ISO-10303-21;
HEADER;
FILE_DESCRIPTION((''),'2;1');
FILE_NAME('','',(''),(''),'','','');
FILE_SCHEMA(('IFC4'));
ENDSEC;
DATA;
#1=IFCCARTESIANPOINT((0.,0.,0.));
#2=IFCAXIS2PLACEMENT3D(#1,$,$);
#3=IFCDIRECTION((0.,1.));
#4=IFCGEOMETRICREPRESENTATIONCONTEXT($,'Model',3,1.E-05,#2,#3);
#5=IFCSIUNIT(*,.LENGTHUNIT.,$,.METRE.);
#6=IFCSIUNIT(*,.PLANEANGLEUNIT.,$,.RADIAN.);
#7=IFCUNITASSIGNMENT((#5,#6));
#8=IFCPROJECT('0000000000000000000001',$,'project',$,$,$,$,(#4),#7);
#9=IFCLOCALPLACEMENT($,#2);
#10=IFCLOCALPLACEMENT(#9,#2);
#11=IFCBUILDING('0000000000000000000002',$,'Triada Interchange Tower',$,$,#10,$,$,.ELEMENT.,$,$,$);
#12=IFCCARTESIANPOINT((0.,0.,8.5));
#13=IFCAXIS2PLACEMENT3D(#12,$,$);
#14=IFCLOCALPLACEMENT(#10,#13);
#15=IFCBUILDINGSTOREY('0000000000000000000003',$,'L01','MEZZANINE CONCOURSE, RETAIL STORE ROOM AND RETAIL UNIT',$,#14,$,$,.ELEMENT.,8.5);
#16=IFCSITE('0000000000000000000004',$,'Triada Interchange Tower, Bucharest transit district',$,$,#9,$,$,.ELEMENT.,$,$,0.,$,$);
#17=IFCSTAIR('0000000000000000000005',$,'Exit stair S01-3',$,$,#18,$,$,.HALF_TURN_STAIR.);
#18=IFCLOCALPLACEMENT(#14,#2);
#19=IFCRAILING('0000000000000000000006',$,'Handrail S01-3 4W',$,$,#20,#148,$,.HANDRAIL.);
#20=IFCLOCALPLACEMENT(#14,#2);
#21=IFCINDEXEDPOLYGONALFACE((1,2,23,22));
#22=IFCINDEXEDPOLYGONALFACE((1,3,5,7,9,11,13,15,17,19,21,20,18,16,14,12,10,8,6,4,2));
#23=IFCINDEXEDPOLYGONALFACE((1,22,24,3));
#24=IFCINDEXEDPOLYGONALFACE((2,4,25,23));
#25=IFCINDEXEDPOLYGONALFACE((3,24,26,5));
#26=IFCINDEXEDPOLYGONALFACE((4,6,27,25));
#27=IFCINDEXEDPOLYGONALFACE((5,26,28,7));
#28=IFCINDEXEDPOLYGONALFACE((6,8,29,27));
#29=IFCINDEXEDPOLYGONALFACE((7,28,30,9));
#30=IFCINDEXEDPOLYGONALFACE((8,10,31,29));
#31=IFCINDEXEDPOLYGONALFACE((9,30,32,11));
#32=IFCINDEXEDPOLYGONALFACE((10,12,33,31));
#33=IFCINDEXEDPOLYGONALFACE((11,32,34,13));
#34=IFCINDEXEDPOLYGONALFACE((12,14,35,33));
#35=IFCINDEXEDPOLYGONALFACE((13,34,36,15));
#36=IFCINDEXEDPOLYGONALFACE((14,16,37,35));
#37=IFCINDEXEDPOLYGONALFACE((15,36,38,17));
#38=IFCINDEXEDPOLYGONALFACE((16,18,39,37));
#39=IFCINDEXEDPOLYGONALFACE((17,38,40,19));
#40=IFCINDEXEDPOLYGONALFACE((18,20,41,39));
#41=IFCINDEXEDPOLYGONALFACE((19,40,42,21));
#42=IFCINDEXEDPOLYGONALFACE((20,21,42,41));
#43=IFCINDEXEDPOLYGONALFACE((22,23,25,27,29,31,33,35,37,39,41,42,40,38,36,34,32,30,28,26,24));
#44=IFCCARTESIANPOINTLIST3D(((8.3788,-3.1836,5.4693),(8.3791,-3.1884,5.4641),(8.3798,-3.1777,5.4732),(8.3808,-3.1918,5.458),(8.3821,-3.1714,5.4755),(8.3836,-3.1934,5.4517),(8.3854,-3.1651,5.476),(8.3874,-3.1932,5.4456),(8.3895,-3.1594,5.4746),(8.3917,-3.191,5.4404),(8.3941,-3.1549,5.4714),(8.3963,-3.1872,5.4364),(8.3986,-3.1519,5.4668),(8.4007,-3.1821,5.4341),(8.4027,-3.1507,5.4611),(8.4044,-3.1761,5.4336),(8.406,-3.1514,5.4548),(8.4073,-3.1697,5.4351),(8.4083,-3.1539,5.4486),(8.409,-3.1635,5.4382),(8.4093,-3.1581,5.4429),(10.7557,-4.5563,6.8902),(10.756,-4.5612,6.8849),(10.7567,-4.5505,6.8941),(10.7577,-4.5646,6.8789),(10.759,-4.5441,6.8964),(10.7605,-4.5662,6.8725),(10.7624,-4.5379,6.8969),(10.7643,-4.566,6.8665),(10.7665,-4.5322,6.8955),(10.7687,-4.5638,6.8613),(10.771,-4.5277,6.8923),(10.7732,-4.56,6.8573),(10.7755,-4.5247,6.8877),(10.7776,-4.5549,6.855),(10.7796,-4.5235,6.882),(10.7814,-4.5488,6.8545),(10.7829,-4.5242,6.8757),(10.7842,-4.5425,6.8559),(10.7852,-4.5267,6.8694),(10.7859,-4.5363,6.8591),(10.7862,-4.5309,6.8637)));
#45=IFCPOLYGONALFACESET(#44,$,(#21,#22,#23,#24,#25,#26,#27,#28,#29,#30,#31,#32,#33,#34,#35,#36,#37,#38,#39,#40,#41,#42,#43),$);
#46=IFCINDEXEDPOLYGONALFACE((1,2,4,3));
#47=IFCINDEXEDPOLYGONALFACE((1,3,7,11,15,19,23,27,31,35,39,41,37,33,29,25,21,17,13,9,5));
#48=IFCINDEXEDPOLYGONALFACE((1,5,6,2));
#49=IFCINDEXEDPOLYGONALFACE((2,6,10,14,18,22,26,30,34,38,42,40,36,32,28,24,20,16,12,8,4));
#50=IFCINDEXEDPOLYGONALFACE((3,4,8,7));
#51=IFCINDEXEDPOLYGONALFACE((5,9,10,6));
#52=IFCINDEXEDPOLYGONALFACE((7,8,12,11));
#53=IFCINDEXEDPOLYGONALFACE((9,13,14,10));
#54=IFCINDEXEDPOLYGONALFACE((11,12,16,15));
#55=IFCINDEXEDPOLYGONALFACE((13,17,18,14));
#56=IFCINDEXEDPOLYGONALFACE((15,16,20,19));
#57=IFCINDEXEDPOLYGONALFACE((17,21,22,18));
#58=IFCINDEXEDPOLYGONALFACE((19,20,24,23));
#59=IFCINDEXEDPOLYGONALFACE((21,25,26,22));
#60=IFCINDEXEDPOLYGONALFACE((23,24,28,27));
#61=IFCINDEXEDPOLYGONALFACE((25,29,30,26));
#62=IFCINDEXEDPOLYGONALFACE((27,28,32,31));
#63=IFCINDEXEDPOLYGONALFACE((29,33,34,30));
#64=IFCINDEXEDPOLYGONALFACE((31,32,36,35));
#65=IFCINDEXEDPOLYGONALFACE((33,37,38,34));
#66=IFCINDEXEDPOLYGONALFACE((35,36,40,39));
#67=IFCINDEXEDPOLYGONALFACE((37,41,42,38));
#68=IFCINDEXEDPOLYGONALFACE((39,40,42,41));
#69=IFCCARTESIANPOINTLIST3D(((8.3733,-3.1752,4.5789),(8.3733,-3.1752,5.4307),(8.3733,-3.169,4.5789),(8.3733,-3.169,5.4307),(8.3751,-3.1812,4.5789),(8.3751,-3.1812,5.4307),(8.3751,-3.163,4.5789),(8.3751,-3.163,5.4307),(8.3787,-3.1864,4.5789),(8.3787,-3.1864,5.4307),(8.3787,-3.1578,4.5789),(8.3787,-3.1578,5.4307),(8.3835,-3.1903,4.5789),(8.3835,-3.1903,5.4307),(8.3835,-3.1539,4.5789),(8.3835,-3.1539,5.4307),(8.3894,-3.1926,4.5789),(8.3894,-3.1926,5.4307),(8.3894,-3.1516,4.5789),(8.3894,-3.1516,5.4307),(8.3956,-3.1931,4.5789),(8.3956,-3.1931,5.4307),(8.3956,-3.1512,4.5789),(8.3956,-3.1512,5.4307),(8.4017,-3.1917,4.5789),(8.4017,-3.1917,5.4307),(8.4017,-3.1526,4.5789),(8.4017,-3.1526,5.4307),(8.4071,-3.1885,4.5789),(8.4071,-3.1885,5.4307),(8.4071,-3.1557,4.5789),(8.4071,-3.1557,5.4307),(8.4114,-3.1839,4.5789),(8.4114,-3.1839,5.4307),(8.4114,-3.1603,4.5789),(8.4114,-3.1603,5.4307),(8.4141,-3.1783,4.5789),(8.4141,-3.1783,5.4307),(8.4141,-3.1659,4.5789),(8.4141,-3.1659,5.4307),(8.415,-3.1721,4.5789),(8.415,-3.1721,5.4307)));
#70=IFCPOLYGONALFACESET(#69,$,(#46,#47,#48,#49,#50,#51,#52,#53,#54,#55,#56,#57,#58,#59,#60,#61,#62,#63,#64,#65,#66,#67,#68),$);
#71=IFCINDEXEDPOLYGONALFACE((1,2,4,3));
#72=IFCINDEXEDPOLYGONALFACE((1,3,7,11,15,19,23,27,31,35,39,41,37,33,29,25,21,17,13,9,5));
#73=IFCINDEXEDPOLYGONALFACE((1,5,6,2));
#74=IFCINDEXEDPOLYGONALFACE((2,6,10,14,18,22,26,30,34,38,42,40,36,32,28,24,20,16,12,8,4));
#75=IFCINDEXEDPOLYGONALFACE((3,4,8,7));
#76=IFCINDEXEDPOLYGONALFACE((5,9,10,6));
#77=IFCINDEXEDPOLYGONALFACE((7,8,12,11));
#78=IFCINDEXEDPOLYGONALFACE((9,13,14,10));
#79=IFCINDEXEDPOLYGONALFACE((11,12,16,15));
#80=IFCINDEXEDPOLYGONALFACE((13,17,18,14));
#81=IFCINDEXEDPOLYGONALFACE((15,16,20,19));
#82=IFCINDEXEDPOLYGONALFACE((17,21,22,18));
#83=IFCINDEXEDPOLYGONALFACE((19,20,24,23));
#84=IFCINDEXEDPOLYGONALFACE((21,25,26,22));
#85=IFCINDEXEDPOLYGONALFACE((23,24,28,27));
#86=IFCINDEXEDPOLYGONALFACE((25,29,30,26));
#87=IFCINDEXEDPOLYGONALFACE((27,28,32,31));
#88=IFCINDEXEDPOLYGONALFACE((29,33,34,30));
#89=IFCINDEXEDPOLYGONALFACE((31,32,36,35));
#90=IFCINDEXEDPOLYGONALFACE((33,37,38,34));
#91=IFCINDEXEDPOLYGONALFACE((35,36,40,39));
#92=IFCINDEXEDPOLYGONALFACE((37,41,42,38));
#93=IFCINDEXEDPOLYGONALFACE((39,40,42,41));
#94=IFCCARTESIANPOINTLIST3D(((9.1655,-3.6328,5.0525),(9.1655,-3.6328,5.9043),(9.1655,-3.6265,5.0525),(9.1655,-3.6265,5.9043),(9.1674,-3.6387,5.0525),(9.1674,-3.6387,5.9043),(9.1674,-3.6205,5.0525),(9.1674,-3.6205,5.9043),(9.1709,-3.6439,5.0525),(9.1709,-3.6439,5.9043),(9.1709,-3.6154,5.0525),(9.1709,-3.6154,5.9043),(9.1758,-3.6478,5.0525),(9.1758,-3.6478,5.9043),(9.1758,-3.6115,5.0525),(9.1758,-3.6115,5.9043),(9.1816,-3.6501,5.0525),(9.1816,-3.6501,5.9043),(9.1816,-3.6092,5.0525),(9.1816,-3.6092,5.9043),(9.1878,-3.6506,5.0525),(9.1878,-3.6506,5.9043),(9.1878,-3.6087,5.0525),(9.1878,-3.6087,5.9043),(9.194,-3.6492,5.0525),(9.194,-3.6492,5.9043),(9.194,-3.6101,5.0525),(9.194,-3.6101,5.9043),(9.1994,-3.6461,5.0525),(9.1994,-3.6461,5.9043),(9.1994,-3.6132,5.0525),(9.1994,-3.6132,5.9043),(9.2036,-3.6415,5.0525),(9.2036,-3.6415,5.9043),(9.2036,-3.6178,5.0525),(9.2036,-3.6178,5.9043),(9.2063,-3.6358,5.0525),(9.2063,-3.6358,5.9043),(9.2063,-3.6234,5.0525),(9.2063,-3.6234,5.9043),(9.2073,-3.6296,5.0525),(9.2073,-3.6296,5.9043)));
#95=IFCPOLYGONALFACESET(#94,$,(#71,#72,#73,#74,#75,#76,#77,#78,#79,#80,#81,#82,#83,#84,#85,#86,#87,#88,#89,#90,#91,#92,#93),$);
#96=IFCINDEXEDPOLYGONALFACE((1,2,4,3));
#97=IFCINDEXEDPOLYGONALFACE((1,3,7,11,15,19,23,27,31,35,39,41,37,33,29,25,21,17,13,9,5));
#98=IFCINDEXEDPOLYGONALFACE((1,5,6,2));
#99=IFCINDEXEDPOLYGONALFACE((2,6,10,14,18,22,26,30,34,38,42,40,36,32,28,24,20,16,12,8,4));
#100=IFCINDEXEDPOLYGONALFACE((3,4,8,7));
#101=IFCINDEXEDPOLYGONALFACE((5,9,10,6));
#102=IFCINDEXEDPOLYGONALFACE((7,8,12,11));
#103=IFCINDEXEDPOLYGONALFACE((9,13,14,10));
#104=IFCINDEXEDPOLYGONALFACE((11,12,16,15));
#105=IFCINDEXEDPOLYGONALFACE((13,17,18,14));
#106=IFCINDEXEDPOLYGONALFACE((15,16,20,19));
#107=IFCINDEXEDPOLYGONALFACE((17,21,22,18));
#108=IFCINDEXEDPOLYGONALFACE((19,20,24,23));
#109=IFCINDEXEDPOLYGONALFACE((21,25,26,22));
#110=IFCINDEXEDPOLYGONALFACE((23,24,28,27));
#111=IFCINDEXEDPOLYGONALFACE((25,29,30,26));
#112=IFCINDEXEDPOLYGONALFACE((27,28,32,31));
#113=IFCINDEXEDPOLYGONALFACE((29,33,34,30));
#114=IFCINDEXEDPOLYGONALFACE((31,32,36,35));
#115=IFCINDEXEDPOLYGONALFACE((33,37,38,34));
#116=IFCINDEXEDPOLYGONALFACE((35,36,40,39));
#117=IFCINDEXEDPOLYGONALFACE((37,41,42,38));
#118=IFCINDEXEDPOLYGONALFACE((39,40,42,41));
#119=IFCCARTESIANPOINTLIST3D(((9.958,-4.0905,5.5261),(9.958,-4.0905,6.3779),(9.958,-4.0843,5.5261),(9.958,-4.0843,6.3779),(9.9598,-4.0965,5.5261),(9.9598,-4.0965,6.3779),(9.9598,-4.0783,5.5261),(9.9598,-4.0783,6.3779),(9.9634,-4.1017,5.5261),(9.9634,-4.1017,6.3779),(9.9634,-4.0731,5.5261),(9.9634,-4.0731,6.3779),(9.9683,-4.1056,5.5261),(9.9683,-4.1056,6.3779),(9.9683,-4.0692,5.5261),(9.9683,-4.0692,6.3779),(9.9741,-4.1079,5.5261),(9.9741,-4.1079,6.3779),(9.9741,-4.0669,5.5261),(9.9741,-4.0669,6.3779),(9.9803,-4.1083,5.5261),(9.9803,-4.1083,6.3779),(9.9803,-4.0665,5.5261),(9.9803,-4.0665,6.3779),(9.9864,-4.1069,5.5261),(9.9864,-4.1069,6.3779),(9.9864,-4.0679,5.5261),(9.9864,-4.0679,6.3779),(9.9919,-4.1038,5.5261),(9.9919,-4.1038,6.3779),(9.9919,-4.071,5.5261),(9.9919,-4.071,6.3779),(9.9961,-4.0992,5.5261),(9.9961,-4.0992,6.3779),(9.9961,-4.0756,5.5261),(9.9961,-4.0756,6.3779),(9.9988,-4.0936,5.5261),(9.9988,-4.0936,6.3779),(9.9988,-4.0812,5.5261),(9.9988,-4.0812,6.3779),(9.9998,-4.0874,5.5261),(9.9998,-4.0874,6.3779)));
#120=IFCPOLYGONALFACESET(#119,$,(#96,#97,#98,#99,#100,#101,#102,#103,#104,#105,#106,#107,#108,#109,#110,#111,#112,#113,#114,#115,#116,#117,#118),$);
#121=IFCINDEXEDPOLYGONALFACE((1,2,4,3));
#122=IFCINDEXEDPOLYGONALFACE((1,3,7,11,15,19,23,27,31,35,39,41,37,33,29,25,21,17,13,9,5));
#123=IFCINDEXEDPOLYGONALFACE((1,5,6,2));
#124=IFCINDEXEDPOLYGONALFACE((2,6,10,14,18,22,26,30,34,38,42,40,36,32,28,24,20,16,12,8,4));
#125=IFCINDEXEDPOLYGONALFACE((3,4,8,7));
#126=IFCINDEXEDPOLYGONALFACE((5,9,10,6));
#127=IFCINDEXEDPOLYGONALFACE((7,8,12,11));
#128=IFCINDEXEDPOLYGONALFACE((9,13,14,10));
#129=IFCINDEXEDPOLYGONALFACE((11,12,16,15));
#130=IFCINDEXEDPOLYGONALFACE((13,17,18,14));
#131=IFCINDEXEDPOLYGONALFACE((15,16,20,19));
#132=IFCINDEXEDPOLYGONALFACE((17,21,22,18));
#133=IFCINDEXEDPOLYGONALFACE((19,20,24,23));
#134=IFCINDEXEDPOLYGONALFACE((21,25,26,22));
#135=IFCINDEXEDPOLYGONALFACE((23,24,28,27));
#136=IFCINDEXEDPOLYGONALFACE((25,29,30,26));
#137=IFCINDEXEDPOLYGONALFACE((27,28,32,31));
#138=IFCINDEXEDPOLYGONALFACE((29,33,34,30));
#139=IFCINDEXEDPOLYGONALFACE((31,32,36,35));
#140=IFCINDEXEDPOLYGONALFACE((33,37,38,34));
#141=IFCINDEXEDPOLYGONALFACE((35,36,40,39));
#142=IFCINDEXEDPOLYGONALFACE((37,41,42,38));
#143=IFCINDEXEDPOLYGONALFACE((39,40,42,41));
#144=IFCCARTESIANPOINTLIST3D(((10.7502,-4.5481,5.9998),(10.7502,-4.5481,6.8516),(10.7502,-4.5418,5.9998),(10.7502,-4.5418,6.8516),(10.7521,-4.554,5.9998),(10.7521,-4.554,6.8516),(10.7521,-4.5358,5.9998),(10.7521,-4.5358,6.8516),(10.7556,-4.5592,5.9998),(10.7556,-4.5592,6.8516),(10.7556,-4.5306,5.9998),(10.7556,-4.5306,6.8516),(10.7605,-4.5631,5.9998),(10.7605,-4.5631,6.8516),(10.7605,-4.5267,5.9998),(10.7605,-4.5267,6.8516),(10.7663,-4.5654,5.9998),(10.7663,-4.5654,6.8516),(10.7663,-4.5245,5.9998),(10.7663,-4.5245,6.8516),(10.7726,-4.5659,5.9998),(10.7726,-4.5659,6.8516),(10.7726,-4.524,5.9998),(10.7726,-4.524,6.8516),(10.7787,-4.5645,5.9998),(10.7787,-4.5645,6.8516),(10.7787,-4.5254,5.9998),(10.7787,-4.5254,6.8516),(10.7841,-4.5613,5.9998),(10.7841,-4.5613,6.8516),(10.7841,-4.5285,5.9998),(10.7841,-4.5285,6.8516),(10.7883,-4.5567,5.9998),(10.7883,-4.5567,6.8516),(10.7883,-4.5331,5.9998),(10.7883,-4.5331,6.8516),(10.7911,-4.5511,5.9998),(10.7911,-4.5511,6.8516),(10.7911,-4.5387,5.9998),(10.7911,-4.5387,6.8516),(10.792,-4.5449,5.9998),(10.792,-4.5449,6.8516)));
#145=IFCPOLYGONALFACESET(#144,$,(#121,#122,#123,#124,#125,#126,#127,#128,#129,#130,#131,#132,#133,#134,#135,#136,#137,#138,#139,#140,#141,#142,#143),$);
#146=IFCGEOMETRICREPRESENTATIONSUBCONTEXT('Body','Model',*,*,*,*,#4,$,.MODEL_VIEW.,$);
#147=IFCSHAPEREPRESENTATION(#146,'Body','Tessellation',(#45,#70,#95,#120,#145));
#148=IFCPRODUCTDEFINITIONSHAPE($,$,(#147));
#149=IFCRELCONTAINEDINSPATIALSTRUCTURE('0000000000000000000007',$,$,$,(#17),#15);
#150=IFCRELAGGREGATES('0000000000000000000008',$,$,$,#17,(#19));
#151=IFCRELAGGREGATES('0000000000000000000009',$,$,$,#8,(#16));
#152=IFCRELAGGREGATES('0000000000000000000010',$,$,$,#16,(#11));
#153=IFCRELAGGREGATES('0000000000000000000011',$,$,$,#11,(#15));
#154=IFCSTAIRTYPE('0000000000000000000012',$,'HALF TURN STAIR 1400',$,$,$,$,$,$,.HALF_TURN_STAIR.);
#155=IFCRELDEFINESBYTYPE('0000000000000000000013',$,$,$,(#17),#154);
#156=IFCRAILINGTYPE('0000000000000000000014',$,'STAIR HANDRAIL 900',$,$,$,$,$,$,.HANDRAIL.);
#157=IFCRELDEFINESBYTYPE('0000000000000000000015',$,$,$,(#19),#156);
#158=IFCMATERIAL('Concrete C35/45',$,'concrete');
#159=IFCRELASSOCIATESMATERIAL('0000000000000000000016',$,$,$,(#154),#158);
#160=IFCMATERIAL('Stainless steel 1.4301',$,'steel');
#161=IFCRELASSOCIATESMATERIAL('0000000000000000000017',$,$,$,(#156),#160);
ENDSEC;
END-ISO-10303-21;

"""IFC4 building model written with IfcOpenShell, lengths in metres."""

from ifc_helpers import new_model, si_unit, direction, frame, origin, origin_2d, place, context, subcontext, project, spatial, circle, extrude, material, type_object, element, aggregate, save


model = new_model("IFC4")

# Units and contexts
model_context = context("Model", 3, precision=1e-05, world=origin(), true_north=direction((0.0, 1.0)))
body_context = subcontext(model_context, "Body", "Model", "MODEL_VIEW")
ifc_project = project(units=[si_unit("LENGTHUNIT", "METRE"), si_unit("PLANEANGLEUNIT", "RADIAN")], contexts=[model_context])

# Site, building, storey
site_placement = place(None, origin())
site = spatial("IfcSite", under=ifc_project, at=site_placement, Name="Triada Interchange Tower, Bucharest transit district", CompositionType="ELEMENT", RefElevation=0.0)
building_placement = place(site_placement, origin())
building = spatial("IfcBuilding", under=site, at=building_placement, Name="Triada Interchange Tower", CompositionType="ELEMENT")
storey_placement = place(building_placement, frame((0.0, 0.0, 8.5)))
storey = spatial("IfcBuildingStorey", under=building, at=storey_placement, Name="L01", Description="MEZZANINE CONCOURSE, RETAIL STORE ROOM AND RETAIL UNIT", CompositionType="ELEMENT", Elevation=8.5)

# Shared definitions
ifc_material_1 = material(Name="Concrete C35/45", Category="concrete")

# Stair
stair_type = type_object("IfcStairType", Name="HALF TURN STAIR 1400", PredefinedType="HALF_TURN_STAIR", material=ifc_material_1)
stair_1_placement = place(storey_placement, origin())
stair_1 = element("IfcStair", 1, at=stair_1_placement, inside=storey, type_object=stair_type, Name="Exit stair S01-3", PredefinedType="HALF_TURN_STAIR")

# Railing
ifc_material_2 = material(Name="Stainless steel 1.4301", Category="steel")
railing_type_1 = type_object("IfcRailingType", Name="STAIR HANDRAIL 900", PredefinedType="HANDRAIL", material=ifc_material_2)
railing_1_placement = place(storey_placement, frame((8.394, -3.1721, 4.5789)))
railing_1 = element("IfcRailing", 2, at=railing_1_placement, type_object=railing_type_1, Name="Handrail S01-3 4W", PredefinedType="HANDRAIL", context=body_context, shape_type="SweptSolid", body=[
    extrude(circle(Radius=0.0239, at=origin_2d()), frame((0.0, 0.0, 0.876), z_axis=(0.769025, -0.444148, 0.459709), x_axis=(0.500128, 0.865952, 0.0)), (0.0, 0.0, 1.0), 3.0908),
    extrude(circle(Radius=0.021, at=origin_2d()), origin(), (0.0, 0.0, 1.0), 0.8518),
    extrude(circle(Radius=0.021, at=origin_2d()), frame((0.7922, -0.4575, 0.4736)), (0.0, 0.0, 1.0), 0.8518),
    extrude(circle(Radius=0.021, at=origin_2d()), frame((1.5847, -0.9153, 0.9473)), (0.0, 0.0, 1.0), 0.8518),
    extrude(circle(Radius=0.021, at=origin_2d()), frame((2.377, -1.3728, 1.4209)), (0.0, 0.0, 1.0), 0.8518),
])
aggregate(stair_1, [railing_1])

save(model, "model.ifc")
